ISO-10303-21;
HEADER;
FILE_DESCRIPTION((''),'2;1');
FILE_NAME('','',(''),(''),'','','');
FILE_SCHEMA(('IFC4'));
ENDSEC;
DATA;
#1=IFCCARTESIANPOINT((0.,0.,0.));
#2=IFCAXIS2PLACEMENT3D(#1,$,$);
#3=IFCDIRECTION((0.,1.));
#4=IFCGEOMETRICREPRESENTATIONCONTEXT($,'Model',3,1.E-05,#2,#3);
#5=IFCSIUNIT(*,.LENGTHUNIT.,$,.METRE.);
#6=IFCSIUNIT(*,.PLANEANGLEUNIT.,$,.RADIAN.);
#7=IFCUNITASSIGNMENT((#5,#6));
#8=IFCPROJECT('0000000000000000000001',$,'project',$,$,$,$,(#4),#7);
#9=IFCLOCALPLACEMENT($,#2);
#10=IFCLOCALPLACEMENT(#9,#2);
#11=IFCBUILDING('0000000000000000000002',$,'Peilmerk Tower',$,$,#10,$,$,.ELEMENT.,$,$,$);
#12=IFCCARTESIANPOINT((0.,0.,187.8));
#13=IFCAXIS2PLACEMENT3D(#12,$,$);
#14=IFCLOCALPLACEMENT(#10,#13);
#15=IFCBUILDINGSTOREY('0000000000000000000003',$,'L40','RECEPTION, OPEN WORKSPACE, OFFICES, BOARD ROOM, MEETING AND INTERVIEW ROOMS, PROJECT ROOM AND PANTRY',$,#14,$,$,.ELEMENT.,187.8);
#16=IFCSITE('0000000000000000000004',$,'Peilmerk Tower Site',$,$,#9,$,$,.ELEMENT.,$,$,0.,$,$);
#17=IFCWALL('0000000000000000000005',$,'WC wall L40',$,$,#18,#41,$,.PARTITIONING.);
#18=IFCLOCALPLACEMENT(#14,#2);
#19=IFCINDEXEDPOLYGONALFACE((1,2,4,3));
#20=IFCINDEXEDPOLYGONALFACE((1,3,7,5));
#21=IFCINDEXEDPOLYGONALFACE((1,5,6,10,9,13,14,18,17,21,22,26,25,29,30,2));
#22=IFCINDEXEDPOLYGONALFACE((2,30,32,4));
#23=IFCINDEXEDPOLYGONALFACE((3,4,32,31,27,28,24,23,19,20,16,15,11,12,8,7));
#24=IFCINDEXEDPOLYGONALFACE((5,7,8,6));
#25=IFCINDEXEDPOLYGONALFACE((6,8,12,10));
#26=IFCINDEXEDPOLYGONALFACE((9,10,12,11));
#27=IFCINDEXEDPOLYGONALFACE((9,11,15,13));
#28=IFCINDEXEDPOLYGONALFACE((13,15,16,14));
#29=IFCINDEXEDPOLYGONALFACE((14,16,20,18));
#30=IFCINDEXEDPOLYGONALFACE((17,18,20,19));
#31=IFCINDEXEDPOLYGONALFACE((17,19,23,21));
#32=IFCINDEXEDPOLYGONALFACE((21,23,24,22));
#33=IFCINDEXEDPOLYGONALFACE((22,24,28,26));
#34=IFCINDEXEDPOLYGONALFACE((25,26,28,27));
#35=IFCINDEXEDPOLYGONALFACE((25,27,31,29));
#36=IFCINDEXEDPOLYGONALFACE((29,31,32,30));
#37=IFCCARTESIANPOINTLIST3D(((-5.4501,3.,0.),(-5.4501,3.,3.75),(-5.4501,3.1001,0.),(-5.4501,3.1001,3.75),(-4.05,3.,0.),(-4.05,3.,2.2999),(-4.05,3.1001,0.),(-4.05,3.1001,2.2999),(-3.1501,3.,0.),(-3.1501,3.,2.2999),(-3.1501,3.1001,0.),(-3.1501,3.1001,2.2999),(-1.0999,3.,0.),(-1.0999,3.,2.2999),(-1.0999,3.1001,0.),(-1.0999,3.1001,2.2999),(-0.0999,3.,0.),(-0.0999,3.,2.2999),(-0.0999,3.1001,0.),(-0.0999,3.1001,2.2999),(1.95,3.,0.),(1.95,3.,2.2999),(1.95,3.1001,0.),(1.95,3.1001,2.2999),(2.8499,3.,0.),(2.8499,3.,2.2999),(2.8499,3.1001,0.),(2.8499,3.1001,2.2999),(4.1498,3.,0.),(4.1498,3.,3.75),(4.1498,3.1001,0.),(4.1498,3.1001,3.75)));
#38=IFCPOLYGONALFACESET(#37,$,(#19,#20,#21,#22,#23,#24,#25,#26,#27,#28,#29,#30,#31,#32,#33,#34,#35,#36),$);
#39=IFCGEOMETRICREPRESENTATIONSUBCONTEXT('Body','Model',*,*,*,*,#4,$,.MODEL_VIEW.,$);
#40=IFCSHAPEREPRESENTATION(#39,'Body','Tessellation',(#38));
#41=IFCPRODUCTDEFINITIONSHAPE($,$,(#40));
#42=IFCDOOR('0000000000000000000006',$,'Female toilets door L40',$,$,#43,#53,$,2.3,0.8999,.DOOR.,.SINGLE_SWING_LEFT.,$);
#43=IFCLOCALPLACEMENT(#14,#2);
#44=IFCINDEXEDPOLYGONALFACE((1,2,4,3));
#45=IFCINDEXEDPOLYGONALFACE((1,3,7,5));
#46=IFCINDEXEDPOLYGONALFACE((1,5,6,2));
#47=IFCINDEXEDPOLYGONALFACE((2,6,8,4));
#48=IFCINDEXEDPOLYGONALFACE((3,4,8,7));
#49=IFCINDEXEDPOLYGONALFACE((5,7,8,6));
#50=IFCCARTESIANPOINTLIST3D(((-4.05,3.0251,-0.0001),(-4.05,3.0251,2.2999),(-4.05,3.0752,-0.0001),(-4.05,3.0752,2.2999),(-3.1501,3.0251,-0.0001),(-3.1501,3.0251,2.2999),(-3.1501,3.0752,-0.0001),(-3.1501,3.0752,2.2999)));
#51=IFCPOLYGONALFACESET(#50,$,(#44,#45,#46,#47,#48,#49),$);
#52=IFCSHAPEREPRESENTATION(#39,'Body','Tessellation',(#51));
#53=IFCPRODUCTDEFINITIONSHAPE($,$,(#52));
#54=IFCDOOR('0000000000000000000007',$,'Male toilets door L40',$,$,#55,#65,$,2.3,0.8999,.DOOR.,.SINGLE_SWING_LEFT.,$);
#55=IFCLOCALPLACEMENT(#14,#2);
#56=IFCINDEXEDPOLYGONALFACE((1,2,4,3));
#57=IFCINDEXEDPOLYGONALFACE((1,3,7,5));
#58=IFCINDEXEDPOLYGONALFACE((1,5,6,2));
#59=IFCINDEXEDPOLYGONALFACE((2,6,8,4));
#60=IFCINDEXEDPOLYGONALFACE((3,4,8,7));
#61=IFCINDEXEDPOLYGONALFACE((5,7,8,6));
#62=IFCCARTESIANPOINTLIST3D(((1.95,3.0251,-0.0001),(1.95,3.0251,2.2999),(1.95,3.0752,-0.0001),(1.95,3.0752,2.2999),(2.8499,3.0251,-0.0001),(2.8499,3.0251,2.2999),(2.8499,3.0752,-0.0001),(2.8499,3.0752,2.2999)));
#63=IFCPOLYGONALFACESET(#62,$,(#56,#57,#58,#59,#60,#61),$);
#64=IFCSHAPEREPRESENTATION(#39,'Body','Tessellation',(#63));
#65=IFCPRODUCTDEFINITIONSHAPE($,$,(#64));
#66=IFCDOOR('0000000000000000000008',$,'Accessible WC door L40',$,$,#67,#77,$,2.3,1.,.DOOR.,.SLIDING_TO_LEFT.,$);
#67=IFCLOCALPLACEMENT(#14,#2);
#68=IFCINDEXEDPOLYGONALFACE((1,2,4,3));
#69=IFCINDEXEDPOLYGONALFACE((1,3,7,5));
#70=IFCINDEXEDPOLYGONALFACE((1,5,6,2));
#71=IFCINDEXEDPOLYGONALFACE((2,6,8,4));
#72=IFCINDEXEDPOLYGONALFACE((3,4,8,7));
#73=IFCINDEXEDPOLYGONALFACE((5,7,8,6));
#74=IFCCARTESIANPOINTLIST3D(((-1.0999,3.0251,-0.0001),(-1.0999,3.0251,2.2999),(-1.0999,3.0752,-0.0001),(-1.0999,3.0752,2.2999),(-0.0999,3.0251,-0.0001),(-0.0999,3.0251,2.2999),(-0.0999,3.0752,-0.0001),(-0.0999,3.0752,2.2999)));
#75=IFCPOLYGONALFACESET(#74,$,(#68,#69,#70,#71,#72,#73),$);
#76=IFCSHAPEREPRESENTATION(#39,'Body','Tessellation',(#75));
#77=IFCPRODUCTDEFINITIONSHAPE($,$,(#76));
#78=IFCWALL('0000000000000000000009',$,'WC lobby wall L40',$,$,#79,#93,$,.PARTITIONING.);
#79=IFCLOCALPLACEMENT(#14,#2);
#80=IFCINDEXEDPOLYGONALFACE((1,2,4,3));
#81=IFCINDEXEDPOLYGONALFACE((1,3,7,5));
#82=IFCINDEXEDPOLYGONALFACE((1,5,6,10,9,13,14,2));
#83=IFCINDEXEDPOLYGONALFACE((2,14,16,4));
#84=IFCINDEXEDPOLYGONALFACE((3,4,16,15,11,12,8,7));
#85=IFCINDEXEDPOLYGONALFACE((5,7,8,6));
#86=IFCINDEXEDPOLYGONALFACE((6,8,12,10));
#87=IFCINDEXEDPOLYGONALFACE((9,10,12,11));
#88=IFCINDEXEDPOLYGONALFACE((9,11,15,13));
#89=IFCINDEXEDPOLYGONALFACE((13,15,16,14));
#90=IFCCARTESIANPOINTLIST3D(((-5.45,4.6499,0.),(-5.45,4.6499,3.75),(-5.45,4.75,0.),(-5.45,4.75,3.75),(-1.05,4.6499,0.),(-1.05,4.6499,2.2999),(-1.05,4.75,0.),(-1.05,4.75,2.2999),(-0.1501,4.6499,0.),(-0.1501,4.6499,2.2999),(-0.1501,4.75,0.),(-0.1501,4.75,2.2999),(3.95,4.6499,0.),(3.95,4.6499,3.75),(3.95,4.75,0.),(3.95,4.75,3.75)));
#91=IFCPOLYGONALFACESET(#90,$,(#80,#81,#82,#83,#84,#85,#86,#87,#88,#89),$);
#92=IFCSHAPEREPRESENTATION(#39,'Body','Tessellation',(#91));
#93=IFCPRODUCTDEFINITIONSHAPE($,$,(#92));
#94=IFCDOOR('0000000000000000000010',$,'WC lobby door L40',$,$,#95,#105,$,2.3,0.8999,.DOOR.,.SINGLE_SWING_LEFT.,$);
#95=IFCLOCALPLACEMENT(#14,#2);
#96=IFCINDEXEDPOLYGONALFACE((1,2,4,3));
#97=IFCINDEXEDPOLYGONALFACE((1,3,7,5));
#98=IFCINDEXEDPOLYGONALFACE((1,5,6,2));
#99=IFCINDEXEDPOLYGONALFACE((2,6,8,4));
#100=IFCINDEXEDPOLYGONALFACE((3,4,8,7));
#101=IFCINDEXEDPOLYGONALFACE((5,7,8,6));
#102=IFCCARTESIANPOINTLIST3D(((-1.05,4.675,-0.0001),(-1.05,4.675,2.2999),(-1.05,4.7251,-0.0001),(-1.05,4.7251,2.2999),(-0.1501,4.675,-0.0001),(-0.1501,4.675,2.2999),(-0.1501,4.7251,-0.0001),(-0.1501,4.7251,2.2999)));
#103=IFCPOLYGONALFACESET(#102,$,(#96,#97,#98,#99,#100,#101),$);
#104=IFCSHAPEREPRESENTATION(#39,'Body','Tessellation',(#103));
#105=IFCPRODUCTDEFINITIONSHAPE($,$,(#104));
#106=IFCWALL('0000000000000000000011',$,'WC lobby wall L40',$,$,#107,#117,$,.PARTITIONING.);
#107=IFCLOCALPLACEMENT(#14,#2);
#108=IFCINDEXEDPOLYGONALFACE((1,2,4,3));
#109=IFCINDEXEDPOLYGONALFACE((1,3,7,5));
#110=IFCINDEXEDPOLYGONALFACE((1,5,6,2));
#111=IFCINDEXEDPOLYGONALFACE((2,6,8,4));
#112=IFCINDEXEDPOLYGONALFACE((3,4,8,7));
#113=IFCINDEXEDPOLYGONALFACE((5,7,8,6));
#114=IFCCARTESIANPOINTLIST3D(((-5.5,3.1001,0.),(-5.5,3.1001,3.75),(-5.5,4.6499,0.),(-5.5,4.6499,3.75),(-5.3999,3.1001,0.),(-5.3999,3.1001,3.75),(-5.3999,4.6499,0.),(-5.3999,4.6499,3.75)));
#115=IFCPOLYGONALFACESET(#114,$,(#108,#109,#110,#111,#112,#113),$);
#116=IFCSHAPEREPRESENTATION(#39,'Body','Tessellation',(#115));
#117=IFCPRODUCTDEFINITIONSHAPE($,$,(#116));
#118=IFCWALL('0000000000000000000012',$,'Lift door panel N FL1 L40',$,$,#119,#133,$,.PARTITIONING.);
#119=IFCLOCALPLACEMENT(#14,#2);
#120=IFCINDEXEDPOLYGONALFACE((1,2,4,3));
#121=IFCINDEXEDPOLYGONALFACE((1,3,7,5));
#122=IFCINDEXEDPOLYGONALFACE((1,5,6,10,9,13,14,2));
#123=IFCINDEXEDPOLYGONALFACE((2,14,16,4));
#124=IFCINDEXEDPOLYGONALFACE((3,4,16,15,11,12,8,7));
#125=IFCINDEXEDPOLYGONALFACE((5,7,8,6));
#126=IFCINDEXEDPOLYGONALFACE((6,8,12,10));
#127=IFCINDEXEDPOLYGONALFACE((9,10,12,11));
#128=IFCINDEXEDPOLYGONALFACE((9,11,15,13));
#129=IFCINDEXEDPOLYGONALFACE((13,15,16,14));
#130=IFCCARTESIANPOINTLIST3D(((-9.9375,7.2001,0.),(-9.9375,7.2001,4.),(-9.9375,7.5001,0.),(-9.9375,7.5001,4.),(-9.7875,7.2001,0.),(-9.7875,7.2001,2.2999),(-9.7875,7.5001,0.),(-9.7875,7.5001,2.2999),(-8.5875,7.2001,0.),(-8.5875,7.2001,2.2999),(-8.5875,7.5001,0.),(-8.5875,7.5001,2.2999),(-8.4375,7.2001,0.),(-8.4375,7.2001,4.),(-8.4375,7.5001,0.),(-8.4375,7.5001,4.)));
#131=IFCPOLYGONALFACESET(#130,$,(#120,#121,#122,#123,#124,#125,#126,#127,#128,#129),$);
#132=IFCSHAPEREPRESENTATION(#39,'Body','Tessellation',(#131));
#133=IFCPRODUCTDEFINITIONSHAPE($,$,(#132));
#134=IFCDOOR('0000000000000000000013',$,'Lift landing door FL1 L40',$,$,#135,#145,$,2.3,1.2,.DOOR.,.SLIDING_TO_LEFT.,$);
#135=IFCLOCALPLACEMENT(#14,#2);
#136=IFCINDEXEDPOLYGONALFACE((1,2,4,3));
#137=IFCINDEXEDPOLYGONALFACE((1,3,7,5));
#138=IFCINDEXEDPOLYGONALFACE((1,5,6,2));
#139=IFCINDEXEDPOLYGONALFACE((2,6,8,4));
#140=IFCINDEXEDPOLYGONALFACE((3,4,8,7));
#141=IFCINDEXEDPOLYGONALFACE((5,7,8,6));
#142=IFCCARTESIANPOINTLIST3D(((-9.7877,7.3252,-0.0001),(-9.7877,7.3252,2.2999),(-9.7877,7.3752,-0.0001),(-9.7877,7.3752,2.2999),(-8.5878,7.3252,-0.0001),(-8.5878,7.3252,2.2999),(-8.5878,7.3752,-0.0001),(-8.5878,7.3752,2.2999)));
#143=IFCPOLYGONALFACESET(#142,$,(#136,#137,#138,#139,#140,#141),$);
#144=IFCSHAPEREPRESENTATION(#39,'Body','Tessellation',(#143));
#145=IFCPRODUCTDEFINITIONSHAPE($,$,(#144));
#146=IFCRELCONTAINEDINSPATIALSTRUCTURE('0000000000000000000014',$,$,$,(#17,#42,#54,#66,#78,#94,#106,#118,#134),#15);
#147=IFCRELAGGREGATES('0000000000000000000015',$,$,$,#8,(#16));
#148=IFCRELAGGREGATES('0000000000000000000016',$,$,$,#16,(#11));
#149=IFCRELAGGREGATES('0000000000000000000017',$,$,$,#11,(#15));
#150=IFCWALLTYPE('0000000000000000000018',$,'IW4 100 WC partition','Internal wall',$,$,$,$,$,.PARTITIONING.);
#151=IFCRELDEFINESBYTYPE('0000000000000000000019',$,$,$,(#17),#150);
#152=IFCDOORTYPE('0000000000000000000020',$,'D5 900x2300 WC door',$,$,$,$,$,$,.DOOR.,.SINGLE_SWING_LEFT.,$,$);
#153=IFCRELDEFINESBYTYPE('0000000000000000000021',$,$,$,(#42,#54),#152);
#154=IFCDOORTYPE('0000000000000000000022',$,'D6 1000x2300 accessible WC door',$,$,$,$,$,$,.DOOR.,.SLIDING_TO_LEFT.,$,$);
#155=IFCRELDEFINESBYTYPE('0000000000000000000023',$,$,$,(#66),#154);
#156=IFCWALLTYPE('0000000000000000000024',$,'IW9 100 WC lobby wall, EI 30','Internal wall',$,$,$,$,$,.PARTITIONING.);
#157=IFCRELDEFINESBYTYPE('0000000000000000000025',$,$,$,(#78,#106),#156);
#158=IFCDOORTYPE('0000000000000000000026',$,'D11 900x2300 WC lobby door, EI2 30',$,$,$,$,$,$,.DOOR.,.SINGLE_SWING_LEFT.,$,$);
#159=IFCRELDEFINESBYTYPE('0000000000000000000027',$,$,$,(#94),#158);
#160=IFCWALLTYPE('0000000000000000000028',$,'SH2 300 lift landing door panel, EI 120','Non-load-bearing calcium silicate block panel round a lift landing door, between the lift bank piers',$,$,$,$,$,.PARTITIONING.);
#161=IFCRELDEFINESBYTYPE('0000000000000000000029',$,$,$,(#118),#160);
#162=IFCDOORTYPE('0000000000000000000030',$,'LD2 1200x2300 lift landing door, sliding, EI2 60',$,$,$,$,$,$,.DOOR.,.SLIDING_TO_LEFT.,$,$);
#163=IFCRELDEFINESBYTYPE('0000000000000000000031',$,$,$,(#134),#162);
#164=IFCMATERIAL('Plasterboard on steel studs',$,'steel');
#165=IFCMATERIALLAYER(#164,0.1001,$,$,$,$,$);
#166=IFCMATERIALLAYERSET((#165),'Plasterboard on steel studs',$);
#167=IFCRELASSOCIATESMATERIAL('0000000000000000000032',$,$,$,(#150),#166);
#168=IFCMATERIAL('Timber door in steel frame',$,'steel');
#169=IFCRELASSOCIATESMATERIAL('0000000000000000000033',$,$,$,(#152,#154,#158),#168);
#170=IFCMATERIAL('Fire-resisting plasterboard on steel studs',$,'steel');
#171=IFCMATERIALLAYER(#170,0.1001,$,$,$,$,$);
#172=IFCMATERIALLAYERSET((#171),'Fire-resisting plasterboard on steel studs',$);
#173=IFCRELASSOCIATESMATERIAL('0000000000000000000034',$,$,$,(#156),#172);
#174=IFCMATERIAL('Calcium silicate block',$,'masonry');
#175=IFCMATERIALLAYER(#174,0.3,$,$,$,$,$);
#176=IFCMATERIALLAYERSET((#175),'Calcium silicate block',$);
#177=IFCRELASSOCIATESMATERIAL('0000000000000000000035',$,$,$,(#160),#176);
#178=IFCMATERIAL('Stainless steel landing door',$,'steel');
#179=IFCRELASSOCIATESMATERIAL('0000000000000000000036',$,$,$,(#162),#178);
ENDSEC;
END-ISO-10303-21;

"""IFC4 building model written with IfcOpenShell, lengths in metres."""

from ifc_helpers import new_model, si_unit, direction, frame, frame_2d, origin, place, context, subcontext, project, spatial, rectangle, extrude, material, layer, layer_set, type_object, element, fill, save


model = new_model("IFC4")

# Units and contexts
model_context = context("Model", 3, precision=1e-05, world=origin(), true_north=direction((0.0, 1.0)))
body_context = subcontext(model_context, "Body", "Model", "MODEL_VIEW")
ifc_project = project(units=[si_unit("LENGTHUNIT", "METRE"), si_unit("PLANEANGLEUNIT", "RADIAN")], contexts=[model_context])

# Site, building, storey
site_placement = place(None, origin())
site = spatial("IfcSite", under=ifc_project, at=site_placement, Name="Peilmerk Tower Site", CompositionType="ELEMENT", RefElevation=0.0)
building_placement = place(site_placement, origin())
building = spatial("IfcBuilding", under=site, at=building_placement, Name="Peilmerk Tower", CompositionType="ELEMENT")
storey_placement = place(building_placement, frame((0.0, 0.0, 187.8)))
storey = spatial("IfcBuildingStorey", under=building, at=storey_placement, Name="L40", Description="RECEPTION, OPEN WORKSPACE, OFFICES, BOARD ROOM, MEETING AND INTERVIEW ROOMS, PROJECT ROOM AND PANTRY", CompositionType="ELEMENT", Elevation=187.8)

# Wall, openings, doors
ifc_material_1 = material(Name="Plasterboard on steel studs", Category="steel")
ifc_layer_1 = layer(ifc_material_1, 0.1001)
ifc_layer_set_1 = layer_set([ifc_layer_1], Name="Plasterboard on steel studs")
wall_type_1 = type_object("IfcWallType", Name="IW4 100 WC partition", Description="Internal wall", PredefinedType="PARTITIONING", material=ifc_layer_set_1)
wall_1_placement = place(storey_placement, frame((-5.45, 3.05, 0.0), z_axis=(0.0, 0.0, 1.0), x_axis=(1.0, 0.0, 0.0)))
wall_1 = element("IfcWall", 1, at=wall_1_placement, inside=storey, type_object=wall_type_1, Name="WC wall L40", PredefinedType="PARTITIONING", context=body_context, shape_type="SweptSolid", body=[
    extrude(rectangle(XDim=9.5999, YDim=0.1001, at=frame_2d((4.7998, 0.0))), origin(), (0.0, 0.0, 1.0), 3.75),
])
opening_1_placement = place(wall_1_placement, frame((1.3999, 0.0, 0.0)))
opening_1 = element("IfcOpeningElement", 2, at=opening_1_placement, cuts=wall_1, PredefinedType="OPENING", context=body_context, shape_type="SweptSolid", body=[
    extrude(rectangle(XDim=0.8999, YDim=2.3, at=frame_2d((0.45, 1.1499))), frame((0.0, 0.0601, 0.0), z_axis=(0.0, -1.0, 0.0), x_axis=(1.0, 0.0, 0.0)), (0.0, 0.0, 1.0), 0.1201),
])
opening_2_placement = place(wall_1_placement, frame((4.3501, 0.0, 0.0)))
opening_2 = element("IfcOpeningElement", 3, at=opening_2_placement, cuts=wall_1, PredefinedType="OPENING", context=body_context, shape_type="SweptSolid", body=[
    extrude(rectangle(XDim=1.0, YDim=2.3, at=frame_2d((0.5, 1.1499))), frame((0.0, 0.0601, 0.0), z_axis=(0.0, -1.0, 0.0), x_axis=(1.0, 0.0, 0.0)), (0.0, 0.0, 1.0), 0.1201),
])
opening_3_placement = place(wall_1_placement, frame((7.3999, 0.0, 0.0)))
opening_3 = element("IfcOpeningElement", 4, at=opening_3_placement, cuts=wall_1, PredefinedType="OPENING", context=body_context, shape_type="SweptSolid", body=[
    extrude(rectangle(XDim=0.8999, YDim=2.3, at=frame_2d((0.45, 1.1499))), frame((0.0, 0.0601, 0.0), z_axis=(0.0, -1.0, 0.0), x_axis=(1.0, 0.0, 0.0)), (0.0, 0.0, 1.0), 0.1201),
])
ifc_material_2 = material(Name="Timber door in steel frame", Category="steel")
door_type_1 = type_object("IfcDoorType", Name="D5 900x2300 WC door", OperationType="SINGLE_SWING_LEFT", PredefinedType="DOOR", material=ifc_material_2)
door_1_placement = place(opening_1_placement, frame((0.8999, 0.0, 0.0), z_axis=(0.0, 0.0, 1.0), x_axis=(-1.0, 0.0, 0.0)))
door_1 = element("IfcDoor", 5, at=door_1_placement, inside=storey, type_object=door_type_1, Name="Female toilets door L40", OperationType="SINGLE_SWING_LEFT", OverallHeight=2.3, OverallWidth=0.8999, PredefinedType="DOOR", context=body_context, shape_type="SweptSolid", body=[
    extrude(rectangle(XDim=0.8999, YDim=2.3, at=frame_2d((0.45, 1.1499))), frame((0.0, 0.0249, 0.0), z_axis=(0.0, -1.0, 0.0), x_axis=(1.0, 0.0, 0.0)), (0.0, 0.0, 1.0), 0.05),
])
fill(opening_1, door_1)
door_2_placement = place(opening_3_placement, frame((0.8999, 0.0, 0.0), z_axis=(0.0, 0.0, 1.0), x_axis=(-1.0, 0.0, 0.0)))
door_2 = element("IfcDoor", 6, at=door_2_placement, inside=storey, type_object=door_type_1, Name="Male toilets door L40", OperationType="SINGLE_SWING_LEFT", OverallHeight=2.3, OverallWidth=0.8999, PredefinedType="DOOR", context=body_context, shape_type="SweptSolid", body=[
    extrude(rectangle(XDim=0.8999, YDim=2.3, at=frame_2d((0.45, 1.1499))), frame((0.0, 0.0249, 0.0), z_axis=(0.0, -1.0, 0.0), x_axis=(1.0, 0.0, 0.0)), (0.0, 0.0, 1.0), 0.05),
])
fill(opening_3, door_2)
door_type_2 = type_object("IfcDoorType", Name="D6 1000x2300 accessible WC door", OperationType="SLIDING_TO_LEFT", PredefinedType="DOOR", material=ifc_material_2)
door_3_placement = place(opening_2_placement, frame((1.0, 0.0, 0.0), z_axis=(0.0, 0.0, 1.0), x_axis=(-1.0, 0.0, 0.0)))
door_3 = element("IfcDoor", 7, at=door_3_placement, inside=storey, type_object=door_type_2, Name="Accessible WC door L40", OperationType="SLIDING_TO_LEFT", OverallHeight=2.3, OverallWidth=1.0, PredefinedType="DOOR", context=body_context, shape_type="SweptSolid", body=[
    extrude(rectangle(XDim=1.0, YDim=2.3, at=frame_2d((0.5, 1.1499))), frame((0.0, 0.0249, 0.0), z_axis=(0.0, -1.0, 0.0), x_axis=(1.0, 0.0, 0.0)), (0.0, 0.0, 1.0), 0.05),
])
fill(opening_2, door_3)

# Wall, opening, door
ifc_material_3 = material(Name="Fire-resisting plasterboard on steel studs", Category="steel")
ifc_layer_2 = layer(ifc_material_3, 0.1001)
ifc_layer_set_2 = layer_set([ifc_layer_2], Name="Fire-resisting plasterboard on steel studs")
wall_type_2 = type_object("IfcWallType", Name="IW9 100 WC lobby wall, EI 30", Description="Internal wall", PredefinedType="PARTITIONING", material=ifc_layer_set_2)
wall_2_placement = place(storey_placement, frame((-5.45, 4.7, 0.0), z_axis=(0.0, 0.0, 1.0), x_axis=(1.0, 0.0, 0.0)))
wall_2 = element("IfcWall", 8, at=wall_2_placement, inside=storey, type_object=wall_type_2, Name="WC lobby wall L40", PredefinedType="PARTITIONING", context=body_context, shape_type="SweptSolid", body=[
    extrude(rectangle(XDim=9.3999, YDim=0.1001, at=frame_2d((4.7, 0.0))), origin(), (0.0, 0.0, 1.0), 3.75),
])
opening_4_placement = place(wall_2_placement, frame((4.3999, 0.0, 0.0)))
opening_4 = element("IfcOpeningElement", 9, at=opening_4_placement, cuts=wall_2, PredefinedType="OPENING", context=body_context, shape_type="SweptSolid", body=[
    extrude(rectangle(XDim=0.8999, YDim=2.3, at=frame_2d((0.45, 1.1499))), frame((0.0, 0.0601, 0.0), z_axis=(0.0, -1.0, 0.0), x_axis=(1.0, 0.0, 0.0)), (0.0, 0.0, 1.0), 0.1201),
])
door_type_3 = type_object("IfcDoorType", Name="D11 900x2300 WC lobby door, EI2 30", OperationType="SINGLE_SWING_LEFT", PredefinedType="DOOR", material=ifc_material_2)
door_4_placement = place(opening_4_placement, frame((0.8999, 0.0, 0.0), z_axis=(0.0, 0.0, 1.0), x_axis=(-1.0, 0.0, 0.0)))
door_4 = element("IfcDoor", 10, at=door_4_placement, inside=storey, type_object=door_type_3, Name="WC lobby door L40", OperationType="SINGLE_SWING_LEFT", OverallHeight=2.3, OverallWidth=0.8999, PredefinedType="DOOR", context=body_context, shape_type="SweptSolid", body=[
    extrude(rectangle(XDim=0.8999, YDim=2.3, at=frame_2d((0.45, 1.1499))), frame((0.0, 0.0249, 0.0), z_axis=(0.0, -1.0, 0.0), x_axis=(1.0, 0.0, 0.0)), (0.0, 0.0, 1.0), 0.05),
])
fill(opening_4, door_4)

# Wall
wall_3_placement = place(storey_placement, frame((-5.45, 3.1001, 0.0), z_axis=(0.0, 0.0, 1.0), x_axis=(0.0, 1.0, 0.0)))
element("IfcWall", 11, at=wall_3_placement, inside=storey, type_object=wall_type_2, Name="WC lobby wall L40", PredefinedType="PARTITIONING", context=body_context, shape_type="SweptSolid", body=[
    extrude(rectangle(XDim=1.5498, YDim=0.1001, at=frame_2d((0.7749, 0.0))), origin(), (0.0, 0.0, 1.0), 3.75),
])

# Wall, opening, door
ifc_material_4 = material(Name="Calcium silicate block", Category="masonry")
ifc_layer_3 = layer(ifc_material_4, 0.3)
ifc_layer_set_3 = layer_set([ifc_layer_3], Name="Calcium silicate block")
wall_type_3 = type_object("IfcWallType", Name="SH2 300 lift landing door panel, EI 120", Description="Non-load-bearing calcium silicate block panel round a lift landing door, between the lift bank piers", PredefinedType="PARTITIONING", material=ifc_layer_set_3)
wall_4_placement = place(storey_placement, frame((-9.9375, 7.3501, 0.0), z_axis=(0.0, 0.0, 1.0), x_axis=(1.0, 0.0, 0.0)))
wall_4 = element("IfcWall", 12, at=wall_4_placement, inside=storey, type_object=wall_type_3, Name="Lift door panel N FL1 L40", PredefinedType="PARTITIONING", context=body_context, shape_type="SweptSolid", body=[
    extrude(rectangle(XDim=1.5, YDim=0.3, at=frame_2d((0.75, 0.0))), origin(), (0.0, 0.0, 1.0), 4.0),
])
opening_5_placement = place(wall_4_placement, frame((0.1499, 0.0, 0.0)))
opening_5 = element("IfcOpeningElement", 13, at=opening_5_placement, cuts=wall_4, PredefinedType="OPENING", context=body_context, shape_type="SweptSolid", body=[
    extrude(rectangle(XDim=1.2, YDim=2.3, at=frame_2d((0.6001, 1.1499))), frame((0.0, 0.1599, 0.0), z_axis=(0.0, -1.0, 0.0), x_axis=(1.0, 0.0, 0.0)), (0.0, 0.0, 1.0), 0.3201),
])
ifc_material_5 = material(Name="Stainless steel landing door", Category="steel")
door_type_4 = type_object("IfcDoorType", Name="LD2 1200x2300 lift landing door, sliding, EI2 60", OperationType="SLIDING_TO_LEFT", PredefinedType="DOOR", material=ifc_material_5)
door_5_placement = place(opening_5_placement, frame((1.2, 0.0, 0.0), z_axis=(0.0, 0.0, 1.0), x_axis=(-1.0, 0.0, 0.0)))
door_5 = element("IfcDoor", 14, at=door_5_placement, inside=storey, type_object=door_type_4, Name="Lift landing door FL1 L40", OperationType="SLIDING_TO_LEFT", OverallHeight=2.3, OverallWidth=1.2, PredefinedType="DOOR", context=body_context, shape_type="SweptSolid", body=[
    extrude(rectangle(XDim=1.2, YDim=2.3, at=frame_2d((0.6001, 1.1499))), frame((0.0, 0.0249, 0.0), z_axis=(0.0, -1.0, 0.0), x_axis=(1.0, 0.0, 0.0)), (0.0, 0.0, 1.0), 0.05),
])
fill(opening_5, door_5)

save(model, "model.ifc")
